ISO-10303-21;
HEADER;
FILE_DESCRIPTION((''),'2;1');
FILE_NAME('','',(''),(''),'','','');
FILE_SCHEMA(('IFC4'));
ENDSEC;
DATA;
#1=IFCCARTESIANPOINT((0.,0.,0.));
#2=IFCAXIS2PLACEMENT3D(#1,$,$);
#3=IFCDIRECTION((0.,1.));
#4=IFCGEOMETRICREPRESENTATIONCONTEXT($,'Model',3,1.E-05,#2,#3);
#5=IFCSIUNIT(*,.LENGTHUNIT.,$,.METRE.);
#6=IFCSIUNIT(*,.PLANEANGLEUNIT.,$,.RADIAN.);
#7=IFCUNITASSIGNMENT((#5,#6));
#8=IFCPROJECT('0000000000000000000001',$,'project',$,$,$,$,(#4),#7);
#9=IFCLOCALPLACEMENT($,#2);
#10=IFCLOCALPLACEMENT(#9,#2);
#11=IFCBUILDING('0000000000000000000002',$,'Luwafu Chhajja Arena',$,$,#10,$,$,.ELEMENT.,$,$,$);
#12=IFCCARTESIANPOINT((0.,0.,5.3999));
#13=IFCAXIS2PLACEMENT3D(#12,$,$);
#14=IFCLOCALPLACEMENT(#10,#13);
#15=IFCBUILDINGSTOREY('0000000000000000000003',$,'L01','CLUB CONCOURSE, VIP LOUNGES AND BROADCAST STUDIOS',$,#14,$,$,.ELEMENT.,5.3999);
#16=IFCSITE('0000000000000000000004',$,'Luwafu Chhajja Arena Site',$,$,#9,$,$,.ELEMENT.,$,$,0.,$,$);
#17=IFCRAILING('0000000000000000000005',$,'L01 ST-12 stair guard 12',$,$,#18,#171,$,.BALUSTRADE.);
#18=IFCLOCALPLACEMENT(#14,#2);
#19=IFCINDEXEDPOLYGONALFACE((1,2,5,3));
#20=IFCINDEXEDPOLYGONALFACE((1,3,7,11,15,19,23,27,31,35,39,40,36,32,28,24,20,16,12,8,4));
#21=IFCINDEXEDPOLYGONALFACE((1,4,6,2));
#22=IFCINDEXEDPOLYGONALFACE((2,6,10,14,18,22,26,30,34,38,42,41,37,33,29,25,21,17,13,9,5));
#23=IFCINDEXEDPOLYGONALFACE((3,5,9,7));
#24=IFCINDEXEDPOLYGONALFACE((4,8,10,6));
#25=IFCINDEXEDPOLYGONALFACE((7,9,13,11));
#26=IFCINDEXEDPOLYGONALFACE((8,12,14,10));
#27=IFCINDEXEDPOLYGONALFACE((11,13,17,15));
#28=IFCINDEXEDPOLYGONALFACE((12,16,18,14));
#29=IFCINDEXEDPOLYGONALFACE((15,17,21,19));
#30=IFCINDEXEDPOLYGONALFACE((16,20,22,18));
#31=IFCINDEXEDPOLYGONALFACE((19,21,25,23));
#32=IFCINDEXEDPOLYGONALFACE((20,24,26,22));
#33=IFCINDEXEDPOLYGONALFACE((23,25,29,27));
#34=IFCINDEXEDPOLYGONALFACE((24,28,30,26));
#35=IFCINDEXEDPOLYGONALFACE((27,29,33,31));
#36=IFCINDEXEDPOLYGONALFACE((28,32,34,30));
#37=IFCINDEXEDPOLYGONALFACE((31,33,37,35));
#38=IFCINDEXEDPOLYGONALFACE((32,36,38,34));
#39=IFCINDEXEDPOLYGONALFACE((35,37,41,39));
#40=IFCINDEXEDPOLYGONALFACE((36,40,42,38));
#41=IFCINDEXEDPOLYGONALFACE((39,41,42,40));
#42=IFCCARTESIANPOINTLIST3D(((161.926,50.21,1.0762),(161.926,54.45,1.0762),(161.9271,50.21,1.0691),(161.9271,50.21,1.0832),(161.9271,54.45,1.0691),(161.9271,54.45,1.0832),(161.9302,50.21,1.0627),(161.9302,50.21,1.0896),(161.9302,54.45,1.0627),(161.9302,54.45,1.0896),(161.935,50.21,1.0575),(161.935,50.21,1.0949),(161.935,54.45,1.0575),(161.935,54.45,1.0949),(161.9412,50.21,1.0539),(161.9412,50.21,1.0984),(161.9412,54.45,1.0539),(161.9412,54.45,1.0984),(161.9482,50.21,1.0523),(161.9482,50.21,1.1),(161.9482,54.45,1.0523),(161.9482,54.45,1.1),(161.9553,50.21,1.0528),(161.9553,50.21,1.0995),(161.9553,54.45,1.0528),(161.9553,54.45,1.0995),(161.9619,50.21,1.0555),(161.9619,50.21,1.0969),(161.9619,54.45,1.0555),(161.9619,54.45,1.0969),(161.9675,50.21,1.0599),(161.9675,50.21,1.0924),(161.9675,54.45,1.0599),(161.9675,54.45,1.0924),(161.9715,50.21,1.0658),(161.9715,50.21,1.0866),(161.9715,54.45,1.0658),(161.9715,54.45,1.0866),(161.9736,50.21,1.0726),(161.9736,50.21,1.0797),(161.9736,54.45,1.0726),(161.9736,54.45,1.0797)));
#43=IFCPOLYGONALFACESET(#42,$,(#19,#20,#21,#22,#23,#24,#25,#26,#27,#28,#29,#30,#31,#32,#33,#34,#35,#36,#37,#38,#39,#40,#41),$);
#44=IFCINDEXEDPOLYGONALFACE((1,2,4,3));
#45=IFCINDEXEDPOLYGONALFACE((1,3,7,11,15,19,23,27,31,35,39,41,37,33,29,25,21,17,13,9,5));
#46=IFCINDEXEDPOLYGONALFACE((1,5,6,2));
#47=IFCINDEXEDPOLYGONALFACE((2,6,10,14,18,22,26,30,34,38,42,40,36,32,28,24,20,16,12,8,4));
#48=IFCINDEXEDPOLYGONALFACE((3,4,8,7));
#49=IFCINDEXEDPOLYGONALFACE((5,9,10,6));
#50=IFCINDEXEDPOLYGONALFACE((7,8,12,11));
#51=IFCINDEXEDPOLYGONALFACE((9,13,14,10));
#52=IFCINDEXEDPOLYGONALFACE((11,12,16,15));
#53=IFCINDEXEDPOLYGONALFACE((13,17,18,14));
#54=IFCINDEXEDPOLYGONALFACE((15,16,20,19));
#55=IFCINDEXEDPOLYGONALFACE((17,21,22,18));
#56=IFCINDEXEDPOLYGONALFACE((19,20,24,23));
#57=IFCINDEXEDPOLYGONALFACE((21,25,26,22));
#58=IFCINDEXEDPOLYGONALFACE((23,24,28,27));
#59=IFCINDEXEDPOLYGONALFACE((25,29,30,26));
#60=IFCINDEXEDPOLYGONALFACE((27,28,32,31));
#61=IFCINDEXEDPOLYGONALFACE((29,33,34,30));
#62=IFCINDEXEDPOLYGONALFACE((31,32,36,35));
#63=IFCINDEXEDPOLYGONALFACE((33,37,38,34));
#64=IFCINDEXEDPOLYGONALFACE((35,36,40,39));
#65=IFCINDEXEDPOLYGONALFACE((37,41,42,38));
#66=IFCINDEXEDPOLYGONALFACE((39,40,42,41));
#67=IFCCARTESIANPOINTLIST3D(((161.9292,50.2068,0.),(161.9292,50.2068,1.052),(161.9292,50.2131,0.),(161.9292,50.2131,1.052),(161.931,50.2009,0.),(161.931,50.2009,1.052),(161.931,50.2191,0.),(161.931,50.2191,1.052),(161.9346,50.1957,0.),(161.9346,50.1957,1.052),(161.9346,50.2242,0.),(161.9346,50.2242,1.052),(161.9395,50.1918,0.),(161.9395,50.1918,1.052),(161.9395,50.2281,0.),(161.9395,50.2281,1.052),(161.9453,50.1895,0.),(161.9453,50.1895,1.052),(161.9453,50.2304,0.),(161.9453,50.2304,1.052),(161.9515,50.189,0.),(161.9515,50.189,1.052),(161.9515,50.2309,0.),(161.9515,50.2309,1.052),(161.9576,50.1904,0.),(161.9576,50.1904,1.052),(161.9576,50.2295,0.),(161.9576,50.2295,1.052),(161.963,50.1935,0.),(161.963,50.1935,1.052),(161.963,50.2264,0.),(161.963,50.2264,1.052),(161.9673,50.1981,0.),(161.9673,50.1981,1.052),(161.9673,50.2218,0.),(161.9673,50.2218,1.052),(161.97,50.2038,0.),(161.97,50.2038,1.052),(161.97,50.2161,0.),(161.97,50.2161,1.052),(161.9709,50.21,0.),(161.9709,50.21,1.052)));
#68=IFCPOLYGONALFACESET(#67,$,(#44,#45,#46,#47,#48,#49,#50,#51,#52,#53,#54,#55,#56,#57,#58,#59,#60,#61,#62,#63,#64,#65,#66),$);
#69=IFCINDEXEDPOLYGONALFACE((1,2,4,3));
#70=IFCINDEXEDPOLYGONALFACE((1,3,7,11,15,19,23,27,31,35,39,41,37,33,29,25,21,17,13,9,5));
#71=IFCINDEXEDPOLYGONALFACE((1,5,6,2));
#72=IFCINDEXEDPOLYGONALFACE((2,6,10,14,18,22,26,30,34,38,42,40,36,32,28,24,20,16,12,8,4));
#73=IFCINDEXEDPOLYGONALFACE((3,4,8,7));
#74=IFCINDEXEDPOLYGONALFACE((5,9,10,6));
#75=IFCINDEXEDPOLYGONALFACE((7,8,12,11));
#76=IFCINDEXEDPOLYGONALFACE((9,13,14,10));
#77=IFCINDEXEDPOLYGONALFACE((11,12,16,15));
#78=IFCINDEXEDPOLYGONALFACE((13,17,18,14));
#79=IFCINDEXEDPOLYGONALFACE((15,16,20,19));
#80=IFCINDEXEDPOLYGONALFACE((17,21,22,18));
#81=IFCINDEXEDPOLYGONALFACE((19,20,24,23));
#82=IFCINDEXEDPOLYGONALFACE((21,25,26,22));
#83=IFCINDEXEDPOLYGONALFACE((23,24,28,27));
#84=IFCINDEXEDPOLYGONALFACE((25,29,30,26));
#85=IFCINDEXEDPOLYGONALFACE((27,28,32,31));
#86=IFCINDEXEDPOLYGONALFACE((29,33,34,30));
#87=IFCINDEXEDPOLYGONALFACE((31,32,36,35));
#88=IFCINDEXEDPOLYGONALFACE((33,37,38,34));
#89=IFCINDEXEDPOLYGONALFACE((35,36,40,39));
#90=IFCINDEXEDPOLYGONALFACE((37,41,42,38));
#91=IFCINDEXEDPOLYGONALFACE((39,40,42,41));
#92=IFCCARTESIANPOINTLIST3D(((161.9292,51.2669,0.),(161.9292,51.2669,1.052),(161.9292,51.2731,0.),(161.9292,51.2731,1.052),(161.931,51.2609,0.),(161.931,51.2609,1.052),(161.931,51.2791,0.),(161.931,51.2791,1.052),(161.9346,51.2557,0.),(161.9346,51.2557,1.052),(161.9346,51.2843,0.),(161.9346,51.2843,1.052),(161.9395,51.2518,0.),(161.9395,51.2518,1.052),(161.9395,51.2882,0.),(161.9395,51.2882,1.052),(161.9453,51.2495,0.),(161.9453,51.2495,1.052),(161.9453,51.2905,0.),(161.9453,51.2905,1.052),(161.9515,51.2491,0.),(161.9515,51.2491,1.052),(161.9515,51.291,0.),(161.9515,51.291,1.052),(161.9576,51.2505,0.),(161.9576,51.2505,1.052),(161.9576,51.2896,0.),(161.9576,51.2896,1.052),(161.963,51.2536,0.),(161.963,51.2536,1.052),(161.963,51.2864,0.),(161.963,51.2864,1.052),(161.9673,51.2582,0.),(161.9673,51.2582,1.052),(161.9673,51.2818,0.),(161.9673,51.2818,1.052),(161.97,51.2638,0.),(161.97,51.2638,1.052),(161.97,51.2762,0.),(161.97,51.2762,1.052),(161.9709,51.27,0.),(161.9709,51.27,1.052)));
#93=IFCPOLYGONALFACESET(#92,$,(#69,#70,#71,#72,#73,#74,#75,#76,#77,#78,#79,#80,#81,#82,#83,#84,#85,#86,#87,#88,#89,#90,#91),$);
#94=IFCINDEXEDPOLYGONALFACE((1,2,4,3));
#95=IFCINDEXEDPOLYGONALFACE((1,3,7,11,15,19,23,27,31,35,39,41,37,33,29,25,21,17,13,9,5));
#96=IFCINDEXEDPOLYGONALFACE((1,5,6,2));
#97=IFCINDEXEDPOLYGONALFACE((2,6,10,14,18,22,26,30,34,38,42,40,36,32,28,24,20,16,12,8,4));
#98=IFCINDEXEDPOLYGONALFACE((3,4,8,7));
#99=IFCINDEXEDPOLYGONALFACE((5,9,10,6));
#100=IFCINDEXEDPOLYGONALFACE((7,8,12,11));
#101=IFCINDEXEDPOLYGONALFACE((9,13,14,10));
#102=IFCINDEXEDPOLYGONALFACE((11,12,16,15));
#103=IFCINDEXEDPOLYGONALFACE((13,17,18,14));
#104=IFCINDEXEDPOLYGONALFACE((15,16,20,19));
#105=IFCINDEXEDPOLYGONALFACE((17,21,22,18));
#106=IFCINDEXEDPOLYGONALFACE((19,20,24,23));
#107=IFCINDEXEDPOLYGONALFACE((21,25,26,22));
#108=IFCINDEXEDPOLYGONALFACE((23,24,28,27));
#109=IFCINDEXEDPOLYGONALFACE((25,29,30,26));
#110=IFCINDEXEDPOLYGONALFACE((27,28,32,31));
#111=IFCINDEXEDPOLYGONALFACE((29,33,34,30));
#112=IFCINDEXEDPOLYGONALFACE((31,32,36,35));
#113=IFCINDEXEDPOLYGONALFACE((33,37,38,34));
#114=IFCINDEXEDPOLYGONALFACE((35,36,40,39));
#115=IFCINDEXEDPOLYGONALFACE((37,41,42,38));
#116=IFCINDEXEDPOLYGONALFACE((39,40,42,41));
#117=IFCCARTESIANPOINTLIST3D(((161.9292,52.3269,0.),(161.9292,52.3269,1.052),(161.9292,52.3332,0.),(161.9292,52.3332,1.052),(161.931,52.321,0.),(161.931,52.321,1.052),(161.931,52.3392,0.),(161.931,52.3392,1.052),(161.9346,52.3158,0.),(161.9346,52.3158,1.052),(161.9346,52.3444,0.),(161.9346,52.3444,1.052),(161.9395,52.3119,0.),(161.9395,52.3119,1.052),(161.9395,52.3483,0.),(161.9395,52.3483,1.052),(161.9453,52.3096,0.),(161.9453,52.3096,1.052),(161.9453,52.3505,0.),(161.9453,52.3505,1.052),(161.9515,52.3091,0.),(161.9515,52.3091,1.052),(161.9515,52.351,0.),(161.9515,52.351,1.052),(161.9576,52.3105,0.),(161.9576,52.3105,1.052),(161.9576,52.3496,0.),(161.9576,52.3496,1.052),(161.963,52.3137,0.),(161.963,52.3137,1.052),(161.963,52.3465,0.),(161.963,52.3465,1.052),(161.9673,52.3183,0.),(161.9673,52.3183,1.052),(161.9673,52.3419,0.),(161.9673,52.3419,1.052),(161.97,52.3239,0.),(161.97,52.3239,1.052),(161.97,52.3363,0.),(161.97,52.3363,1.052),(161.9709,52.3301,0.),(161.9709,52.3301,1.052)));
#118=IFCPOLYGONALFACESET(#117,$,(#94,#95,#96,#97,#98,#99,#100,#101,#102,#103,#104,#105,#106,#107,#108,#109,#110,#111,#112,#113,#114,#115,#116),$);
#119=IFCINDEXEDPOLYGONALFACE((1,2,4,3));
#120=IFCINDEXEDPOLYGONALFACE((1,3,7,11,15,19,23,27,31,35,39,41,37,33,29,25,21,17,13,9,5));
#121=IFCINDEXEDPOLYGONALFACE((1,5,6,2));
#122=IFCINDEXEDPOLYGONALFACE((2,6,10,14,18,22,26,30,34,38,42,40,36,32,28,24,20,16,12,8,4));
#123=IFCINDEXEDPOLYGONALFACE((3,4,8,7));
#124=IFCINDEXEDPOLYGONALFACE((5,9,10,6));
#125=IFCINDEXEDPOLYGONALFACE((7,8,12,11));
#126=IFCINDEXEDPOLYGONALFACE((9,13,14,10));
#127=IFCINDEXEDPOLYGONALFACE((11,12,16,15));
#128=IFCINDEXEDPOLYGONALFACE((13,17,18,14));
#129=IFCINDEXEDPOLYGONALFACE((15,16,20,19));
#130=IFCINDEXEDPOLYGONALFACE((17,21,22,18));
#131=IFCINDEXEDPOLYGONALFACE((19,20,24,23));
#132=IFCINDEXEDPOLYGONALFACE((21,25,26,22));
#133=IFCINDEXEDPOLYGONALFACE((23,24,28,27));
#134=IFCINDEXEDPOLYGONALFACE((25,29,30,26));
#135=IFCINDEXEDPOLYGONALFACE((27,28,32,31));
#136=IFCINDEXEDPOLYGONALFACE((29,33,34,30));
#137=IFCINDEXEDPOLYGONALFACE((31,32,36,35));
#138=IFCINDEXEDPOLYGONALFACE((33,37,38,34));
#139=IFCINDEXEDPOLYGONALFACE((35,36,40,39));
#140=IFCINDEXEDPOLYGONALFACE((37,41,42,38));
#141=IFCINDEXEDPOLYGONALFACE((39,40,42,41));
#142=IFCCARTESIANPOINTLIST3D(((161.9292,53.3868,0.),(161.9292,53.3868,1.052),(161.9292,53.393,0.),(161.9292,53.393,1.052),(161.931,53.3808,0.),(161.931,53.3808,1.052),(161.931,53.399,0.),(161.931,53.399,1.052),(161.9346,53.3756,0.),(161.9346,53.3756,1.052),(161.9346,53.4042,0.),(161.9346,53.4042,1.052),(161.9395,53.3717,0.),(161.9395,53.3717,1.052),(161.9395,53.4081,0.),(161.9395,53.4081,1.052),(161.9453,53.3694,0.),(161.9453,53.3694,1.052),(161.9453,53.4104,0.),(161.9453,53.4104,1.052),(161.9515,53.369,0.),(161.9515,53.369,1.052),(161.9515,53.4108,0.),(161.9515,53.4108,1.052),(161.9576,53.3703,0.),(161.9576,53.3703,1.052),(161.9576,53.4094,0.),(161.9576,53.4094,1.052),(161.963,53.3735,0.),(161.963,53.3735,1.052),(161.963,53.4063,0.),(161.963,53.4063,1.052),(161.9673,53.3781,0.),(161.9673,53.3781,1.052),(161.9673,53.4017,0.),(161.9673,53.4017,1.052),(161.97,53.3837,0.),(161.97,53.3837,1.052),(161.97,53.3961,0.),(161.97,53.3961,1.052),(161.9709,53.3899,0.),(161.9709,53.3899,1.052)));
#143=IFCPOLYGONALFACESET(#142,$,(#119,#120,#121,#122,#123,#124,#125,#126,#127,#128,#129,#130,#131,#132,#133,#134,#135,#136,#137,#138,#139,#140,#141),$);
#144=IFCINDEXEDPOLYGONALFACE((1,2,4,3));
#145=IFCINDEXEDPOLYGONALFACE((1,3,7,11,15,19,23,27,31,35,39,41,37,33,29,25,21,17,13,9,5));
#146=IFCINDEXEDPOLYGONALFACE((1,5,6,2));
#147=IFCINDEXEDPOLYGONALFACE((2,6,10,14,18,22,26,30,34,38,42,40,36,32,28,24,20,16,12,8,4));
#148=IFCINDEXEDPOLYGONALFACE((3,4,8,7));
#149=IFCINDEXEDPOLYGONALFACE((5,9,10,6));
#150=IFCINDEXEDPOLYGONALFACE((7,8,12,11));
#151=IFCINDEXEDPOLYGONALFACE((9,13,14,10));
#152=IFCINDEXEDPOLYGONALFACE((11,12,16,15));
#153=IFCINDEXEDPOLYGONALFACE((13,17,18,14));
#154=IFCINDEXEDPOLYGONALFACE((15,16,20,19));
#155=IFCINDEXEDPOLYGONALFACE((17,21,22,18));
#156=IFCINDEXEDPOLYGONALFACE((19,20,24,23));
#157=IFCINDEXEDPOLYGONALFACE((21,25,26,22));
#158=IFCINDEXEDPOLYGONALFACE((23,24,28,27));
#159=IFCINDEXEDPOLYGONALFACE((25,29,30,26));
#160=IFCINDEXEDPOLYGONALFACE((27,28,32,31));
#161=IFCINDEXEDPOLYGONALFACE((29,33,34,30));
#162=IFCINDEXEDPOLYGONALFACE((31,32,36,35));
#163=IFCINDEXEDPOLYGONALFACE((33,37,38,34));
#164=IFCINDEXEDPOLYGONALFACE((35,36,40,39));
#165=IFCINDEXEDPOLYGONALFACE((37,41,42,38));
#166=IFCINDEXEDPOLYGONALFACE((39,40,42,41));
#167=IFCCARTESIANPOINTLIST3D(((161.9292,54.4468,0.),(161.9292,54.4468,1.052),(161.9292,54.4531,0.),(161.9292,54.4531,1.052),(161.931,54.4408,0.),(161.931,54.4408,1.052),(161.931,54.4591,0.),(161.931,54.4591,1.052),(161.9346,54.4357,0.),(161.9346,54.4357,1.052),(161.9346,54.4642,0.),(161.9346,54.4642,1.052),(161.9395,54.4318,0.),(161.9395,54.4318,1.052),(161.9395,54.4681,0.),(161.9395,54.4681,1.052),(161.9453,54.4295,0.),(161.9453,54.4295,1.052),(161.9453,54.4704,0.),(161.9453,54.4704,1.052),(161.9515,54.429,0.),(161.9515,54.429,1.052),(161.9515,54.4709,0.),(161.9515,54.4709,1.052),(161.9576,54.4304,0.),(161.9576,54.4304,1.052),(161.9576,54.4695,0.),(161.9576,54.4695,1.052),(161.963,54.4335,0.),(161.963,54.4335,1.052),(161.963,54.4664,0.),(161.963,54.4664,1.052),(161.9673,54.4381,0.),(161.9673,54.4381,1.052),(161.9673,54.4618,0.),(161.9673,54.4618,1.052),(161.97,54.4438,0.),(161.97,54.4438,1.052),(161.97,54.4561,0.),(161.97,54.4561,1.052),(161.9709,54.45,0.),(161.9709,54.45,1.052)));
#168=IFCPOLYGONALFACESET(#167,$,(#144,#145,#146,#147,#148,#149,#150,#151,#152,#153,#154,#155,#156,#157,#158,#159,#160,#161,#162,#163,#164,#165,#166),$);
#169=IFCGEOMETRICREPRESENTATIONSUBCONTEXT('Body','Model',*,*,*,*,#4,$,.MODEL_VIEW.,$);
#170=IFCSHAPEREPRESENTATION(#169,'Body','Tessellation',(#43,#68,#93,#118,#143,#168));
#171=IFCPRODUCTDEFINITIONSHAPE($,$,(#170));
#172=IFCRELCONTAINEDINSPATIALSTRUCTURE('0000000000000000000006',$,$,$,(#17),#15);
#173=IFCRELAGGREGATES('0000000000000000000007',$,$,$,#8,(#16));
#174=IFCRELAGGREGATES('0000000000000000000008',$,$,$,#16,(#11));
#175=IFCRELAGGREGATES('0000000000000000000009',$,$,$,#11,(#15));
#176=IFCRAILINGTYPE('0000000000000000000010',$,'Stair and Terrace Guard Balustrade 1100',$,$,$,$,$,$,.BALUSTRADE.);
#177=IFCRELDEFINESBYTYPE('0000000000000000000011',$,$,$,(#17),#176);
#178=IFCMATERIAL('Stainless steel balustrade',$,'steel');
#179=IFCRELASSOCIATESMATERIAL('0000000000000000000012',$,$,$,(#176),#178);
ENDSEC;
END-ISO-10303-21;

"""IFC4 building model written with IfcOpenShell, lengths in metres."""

from ifc_helpers import new_model, si_unit, direction, frame, origin, origin_2d, place, context, subcontext, project, spatial, circle, extrude, material, type_object, element, save


model = new_model("IFC4")

# Units and contexts
model_context = context("Model", 3, precision=1e-05, world=origin(), true_north=direction((0.0, 1.0)))
body_context = subcontext(model_context, "Body", "Model", "MODEL_VIEW")
ifc_project = project(units=[si_unit("LENGTHUNIT", "METRE"), si_unit("PLANEANGLEUNIT", "RADIAN")], contexts=[model_context])

# Site, building, storey
site_placement = place(None, origin())
site = spatial("IfcSite", under=ifc_project, at=site_placement, Name="Luwafu Chhajja Arena Site", CompositionType="ELEMENT", RefElevation=0.0)
building_placement = place(site_placement, origin())
building = spatial("IfcBuilding", under=site, at=building_placement, Name="Luwafu Chhajja Arena", CompositionType="ELEMENT")
storey_placement = place(building_placement, frame((0.0, 0.0, 5.3999)))
storey = spatial("IfcBuildingStorey", under=building, at=storey_placement, Name="L01", Description="CLUB CONCOURSE, VIP LOUNGES AND BROADCAST STUDIOS", CompositionType="ELEMENT", Elevation=5.3999)

# Railing
ifc_material_1 = material(Name="Stainless steel balustrade", Category="steel")
railing_type_1 = type_object("IfcRailingType", Name="Stair and Terrace Guard Balustrade 1100", PredefinedType="BALUSTRADE", material=ifc_material_1)
railing_1_placement = place(storey_placement, frame((161.95, 50.21, 0.0)))
element("IfcRailing", 1, at=railing_1_placement, inside=storey, type_object=railing_type_1, Name="L01 ST-12 stair guard 12", PredefinedType="BALUSTRADE", context=body_context, shape_type="SweptSolid", body=[
    extrude(circle(Radius=0.0239, at=origin_2d()), frame((0.0, 0.0, 1.0762), z_axis=(0.0, 1.0, 0.0), x_axis=(-1.0, 0.0, 0.0)), (0.0, 0.0, 1.0), 4.24),
    extrude(circle(Radius=0.021, at=origin_2d()), origin(), (0.0, 0.0, 1.0), 1.052),
    extrude(circle(Radius=0.021, at=origin_2d()), frame((0.0, 1.0601, 0.0)), (0.0, 0.0, 1.0), 1.052),
    extrude(circle(Radius=0.021, at=origin_2d()), frame((0.0, 2.1201, 0.0)), (0.0, 0.0, 1.0), 1.052),
    extrude(circle(Radius=0.021, at=origin_2d()), frame((0.0, 3.1799, 0.0)), (0.0, 0.0, 1.0), 1.052),
    extrude(circle(Radius=0.021, at=origin_2d()), frame((0.0, 4.24, 0.0)), (0.0, 0.0, 1.0), 1.052),
])

save(model, "model.ifc")
